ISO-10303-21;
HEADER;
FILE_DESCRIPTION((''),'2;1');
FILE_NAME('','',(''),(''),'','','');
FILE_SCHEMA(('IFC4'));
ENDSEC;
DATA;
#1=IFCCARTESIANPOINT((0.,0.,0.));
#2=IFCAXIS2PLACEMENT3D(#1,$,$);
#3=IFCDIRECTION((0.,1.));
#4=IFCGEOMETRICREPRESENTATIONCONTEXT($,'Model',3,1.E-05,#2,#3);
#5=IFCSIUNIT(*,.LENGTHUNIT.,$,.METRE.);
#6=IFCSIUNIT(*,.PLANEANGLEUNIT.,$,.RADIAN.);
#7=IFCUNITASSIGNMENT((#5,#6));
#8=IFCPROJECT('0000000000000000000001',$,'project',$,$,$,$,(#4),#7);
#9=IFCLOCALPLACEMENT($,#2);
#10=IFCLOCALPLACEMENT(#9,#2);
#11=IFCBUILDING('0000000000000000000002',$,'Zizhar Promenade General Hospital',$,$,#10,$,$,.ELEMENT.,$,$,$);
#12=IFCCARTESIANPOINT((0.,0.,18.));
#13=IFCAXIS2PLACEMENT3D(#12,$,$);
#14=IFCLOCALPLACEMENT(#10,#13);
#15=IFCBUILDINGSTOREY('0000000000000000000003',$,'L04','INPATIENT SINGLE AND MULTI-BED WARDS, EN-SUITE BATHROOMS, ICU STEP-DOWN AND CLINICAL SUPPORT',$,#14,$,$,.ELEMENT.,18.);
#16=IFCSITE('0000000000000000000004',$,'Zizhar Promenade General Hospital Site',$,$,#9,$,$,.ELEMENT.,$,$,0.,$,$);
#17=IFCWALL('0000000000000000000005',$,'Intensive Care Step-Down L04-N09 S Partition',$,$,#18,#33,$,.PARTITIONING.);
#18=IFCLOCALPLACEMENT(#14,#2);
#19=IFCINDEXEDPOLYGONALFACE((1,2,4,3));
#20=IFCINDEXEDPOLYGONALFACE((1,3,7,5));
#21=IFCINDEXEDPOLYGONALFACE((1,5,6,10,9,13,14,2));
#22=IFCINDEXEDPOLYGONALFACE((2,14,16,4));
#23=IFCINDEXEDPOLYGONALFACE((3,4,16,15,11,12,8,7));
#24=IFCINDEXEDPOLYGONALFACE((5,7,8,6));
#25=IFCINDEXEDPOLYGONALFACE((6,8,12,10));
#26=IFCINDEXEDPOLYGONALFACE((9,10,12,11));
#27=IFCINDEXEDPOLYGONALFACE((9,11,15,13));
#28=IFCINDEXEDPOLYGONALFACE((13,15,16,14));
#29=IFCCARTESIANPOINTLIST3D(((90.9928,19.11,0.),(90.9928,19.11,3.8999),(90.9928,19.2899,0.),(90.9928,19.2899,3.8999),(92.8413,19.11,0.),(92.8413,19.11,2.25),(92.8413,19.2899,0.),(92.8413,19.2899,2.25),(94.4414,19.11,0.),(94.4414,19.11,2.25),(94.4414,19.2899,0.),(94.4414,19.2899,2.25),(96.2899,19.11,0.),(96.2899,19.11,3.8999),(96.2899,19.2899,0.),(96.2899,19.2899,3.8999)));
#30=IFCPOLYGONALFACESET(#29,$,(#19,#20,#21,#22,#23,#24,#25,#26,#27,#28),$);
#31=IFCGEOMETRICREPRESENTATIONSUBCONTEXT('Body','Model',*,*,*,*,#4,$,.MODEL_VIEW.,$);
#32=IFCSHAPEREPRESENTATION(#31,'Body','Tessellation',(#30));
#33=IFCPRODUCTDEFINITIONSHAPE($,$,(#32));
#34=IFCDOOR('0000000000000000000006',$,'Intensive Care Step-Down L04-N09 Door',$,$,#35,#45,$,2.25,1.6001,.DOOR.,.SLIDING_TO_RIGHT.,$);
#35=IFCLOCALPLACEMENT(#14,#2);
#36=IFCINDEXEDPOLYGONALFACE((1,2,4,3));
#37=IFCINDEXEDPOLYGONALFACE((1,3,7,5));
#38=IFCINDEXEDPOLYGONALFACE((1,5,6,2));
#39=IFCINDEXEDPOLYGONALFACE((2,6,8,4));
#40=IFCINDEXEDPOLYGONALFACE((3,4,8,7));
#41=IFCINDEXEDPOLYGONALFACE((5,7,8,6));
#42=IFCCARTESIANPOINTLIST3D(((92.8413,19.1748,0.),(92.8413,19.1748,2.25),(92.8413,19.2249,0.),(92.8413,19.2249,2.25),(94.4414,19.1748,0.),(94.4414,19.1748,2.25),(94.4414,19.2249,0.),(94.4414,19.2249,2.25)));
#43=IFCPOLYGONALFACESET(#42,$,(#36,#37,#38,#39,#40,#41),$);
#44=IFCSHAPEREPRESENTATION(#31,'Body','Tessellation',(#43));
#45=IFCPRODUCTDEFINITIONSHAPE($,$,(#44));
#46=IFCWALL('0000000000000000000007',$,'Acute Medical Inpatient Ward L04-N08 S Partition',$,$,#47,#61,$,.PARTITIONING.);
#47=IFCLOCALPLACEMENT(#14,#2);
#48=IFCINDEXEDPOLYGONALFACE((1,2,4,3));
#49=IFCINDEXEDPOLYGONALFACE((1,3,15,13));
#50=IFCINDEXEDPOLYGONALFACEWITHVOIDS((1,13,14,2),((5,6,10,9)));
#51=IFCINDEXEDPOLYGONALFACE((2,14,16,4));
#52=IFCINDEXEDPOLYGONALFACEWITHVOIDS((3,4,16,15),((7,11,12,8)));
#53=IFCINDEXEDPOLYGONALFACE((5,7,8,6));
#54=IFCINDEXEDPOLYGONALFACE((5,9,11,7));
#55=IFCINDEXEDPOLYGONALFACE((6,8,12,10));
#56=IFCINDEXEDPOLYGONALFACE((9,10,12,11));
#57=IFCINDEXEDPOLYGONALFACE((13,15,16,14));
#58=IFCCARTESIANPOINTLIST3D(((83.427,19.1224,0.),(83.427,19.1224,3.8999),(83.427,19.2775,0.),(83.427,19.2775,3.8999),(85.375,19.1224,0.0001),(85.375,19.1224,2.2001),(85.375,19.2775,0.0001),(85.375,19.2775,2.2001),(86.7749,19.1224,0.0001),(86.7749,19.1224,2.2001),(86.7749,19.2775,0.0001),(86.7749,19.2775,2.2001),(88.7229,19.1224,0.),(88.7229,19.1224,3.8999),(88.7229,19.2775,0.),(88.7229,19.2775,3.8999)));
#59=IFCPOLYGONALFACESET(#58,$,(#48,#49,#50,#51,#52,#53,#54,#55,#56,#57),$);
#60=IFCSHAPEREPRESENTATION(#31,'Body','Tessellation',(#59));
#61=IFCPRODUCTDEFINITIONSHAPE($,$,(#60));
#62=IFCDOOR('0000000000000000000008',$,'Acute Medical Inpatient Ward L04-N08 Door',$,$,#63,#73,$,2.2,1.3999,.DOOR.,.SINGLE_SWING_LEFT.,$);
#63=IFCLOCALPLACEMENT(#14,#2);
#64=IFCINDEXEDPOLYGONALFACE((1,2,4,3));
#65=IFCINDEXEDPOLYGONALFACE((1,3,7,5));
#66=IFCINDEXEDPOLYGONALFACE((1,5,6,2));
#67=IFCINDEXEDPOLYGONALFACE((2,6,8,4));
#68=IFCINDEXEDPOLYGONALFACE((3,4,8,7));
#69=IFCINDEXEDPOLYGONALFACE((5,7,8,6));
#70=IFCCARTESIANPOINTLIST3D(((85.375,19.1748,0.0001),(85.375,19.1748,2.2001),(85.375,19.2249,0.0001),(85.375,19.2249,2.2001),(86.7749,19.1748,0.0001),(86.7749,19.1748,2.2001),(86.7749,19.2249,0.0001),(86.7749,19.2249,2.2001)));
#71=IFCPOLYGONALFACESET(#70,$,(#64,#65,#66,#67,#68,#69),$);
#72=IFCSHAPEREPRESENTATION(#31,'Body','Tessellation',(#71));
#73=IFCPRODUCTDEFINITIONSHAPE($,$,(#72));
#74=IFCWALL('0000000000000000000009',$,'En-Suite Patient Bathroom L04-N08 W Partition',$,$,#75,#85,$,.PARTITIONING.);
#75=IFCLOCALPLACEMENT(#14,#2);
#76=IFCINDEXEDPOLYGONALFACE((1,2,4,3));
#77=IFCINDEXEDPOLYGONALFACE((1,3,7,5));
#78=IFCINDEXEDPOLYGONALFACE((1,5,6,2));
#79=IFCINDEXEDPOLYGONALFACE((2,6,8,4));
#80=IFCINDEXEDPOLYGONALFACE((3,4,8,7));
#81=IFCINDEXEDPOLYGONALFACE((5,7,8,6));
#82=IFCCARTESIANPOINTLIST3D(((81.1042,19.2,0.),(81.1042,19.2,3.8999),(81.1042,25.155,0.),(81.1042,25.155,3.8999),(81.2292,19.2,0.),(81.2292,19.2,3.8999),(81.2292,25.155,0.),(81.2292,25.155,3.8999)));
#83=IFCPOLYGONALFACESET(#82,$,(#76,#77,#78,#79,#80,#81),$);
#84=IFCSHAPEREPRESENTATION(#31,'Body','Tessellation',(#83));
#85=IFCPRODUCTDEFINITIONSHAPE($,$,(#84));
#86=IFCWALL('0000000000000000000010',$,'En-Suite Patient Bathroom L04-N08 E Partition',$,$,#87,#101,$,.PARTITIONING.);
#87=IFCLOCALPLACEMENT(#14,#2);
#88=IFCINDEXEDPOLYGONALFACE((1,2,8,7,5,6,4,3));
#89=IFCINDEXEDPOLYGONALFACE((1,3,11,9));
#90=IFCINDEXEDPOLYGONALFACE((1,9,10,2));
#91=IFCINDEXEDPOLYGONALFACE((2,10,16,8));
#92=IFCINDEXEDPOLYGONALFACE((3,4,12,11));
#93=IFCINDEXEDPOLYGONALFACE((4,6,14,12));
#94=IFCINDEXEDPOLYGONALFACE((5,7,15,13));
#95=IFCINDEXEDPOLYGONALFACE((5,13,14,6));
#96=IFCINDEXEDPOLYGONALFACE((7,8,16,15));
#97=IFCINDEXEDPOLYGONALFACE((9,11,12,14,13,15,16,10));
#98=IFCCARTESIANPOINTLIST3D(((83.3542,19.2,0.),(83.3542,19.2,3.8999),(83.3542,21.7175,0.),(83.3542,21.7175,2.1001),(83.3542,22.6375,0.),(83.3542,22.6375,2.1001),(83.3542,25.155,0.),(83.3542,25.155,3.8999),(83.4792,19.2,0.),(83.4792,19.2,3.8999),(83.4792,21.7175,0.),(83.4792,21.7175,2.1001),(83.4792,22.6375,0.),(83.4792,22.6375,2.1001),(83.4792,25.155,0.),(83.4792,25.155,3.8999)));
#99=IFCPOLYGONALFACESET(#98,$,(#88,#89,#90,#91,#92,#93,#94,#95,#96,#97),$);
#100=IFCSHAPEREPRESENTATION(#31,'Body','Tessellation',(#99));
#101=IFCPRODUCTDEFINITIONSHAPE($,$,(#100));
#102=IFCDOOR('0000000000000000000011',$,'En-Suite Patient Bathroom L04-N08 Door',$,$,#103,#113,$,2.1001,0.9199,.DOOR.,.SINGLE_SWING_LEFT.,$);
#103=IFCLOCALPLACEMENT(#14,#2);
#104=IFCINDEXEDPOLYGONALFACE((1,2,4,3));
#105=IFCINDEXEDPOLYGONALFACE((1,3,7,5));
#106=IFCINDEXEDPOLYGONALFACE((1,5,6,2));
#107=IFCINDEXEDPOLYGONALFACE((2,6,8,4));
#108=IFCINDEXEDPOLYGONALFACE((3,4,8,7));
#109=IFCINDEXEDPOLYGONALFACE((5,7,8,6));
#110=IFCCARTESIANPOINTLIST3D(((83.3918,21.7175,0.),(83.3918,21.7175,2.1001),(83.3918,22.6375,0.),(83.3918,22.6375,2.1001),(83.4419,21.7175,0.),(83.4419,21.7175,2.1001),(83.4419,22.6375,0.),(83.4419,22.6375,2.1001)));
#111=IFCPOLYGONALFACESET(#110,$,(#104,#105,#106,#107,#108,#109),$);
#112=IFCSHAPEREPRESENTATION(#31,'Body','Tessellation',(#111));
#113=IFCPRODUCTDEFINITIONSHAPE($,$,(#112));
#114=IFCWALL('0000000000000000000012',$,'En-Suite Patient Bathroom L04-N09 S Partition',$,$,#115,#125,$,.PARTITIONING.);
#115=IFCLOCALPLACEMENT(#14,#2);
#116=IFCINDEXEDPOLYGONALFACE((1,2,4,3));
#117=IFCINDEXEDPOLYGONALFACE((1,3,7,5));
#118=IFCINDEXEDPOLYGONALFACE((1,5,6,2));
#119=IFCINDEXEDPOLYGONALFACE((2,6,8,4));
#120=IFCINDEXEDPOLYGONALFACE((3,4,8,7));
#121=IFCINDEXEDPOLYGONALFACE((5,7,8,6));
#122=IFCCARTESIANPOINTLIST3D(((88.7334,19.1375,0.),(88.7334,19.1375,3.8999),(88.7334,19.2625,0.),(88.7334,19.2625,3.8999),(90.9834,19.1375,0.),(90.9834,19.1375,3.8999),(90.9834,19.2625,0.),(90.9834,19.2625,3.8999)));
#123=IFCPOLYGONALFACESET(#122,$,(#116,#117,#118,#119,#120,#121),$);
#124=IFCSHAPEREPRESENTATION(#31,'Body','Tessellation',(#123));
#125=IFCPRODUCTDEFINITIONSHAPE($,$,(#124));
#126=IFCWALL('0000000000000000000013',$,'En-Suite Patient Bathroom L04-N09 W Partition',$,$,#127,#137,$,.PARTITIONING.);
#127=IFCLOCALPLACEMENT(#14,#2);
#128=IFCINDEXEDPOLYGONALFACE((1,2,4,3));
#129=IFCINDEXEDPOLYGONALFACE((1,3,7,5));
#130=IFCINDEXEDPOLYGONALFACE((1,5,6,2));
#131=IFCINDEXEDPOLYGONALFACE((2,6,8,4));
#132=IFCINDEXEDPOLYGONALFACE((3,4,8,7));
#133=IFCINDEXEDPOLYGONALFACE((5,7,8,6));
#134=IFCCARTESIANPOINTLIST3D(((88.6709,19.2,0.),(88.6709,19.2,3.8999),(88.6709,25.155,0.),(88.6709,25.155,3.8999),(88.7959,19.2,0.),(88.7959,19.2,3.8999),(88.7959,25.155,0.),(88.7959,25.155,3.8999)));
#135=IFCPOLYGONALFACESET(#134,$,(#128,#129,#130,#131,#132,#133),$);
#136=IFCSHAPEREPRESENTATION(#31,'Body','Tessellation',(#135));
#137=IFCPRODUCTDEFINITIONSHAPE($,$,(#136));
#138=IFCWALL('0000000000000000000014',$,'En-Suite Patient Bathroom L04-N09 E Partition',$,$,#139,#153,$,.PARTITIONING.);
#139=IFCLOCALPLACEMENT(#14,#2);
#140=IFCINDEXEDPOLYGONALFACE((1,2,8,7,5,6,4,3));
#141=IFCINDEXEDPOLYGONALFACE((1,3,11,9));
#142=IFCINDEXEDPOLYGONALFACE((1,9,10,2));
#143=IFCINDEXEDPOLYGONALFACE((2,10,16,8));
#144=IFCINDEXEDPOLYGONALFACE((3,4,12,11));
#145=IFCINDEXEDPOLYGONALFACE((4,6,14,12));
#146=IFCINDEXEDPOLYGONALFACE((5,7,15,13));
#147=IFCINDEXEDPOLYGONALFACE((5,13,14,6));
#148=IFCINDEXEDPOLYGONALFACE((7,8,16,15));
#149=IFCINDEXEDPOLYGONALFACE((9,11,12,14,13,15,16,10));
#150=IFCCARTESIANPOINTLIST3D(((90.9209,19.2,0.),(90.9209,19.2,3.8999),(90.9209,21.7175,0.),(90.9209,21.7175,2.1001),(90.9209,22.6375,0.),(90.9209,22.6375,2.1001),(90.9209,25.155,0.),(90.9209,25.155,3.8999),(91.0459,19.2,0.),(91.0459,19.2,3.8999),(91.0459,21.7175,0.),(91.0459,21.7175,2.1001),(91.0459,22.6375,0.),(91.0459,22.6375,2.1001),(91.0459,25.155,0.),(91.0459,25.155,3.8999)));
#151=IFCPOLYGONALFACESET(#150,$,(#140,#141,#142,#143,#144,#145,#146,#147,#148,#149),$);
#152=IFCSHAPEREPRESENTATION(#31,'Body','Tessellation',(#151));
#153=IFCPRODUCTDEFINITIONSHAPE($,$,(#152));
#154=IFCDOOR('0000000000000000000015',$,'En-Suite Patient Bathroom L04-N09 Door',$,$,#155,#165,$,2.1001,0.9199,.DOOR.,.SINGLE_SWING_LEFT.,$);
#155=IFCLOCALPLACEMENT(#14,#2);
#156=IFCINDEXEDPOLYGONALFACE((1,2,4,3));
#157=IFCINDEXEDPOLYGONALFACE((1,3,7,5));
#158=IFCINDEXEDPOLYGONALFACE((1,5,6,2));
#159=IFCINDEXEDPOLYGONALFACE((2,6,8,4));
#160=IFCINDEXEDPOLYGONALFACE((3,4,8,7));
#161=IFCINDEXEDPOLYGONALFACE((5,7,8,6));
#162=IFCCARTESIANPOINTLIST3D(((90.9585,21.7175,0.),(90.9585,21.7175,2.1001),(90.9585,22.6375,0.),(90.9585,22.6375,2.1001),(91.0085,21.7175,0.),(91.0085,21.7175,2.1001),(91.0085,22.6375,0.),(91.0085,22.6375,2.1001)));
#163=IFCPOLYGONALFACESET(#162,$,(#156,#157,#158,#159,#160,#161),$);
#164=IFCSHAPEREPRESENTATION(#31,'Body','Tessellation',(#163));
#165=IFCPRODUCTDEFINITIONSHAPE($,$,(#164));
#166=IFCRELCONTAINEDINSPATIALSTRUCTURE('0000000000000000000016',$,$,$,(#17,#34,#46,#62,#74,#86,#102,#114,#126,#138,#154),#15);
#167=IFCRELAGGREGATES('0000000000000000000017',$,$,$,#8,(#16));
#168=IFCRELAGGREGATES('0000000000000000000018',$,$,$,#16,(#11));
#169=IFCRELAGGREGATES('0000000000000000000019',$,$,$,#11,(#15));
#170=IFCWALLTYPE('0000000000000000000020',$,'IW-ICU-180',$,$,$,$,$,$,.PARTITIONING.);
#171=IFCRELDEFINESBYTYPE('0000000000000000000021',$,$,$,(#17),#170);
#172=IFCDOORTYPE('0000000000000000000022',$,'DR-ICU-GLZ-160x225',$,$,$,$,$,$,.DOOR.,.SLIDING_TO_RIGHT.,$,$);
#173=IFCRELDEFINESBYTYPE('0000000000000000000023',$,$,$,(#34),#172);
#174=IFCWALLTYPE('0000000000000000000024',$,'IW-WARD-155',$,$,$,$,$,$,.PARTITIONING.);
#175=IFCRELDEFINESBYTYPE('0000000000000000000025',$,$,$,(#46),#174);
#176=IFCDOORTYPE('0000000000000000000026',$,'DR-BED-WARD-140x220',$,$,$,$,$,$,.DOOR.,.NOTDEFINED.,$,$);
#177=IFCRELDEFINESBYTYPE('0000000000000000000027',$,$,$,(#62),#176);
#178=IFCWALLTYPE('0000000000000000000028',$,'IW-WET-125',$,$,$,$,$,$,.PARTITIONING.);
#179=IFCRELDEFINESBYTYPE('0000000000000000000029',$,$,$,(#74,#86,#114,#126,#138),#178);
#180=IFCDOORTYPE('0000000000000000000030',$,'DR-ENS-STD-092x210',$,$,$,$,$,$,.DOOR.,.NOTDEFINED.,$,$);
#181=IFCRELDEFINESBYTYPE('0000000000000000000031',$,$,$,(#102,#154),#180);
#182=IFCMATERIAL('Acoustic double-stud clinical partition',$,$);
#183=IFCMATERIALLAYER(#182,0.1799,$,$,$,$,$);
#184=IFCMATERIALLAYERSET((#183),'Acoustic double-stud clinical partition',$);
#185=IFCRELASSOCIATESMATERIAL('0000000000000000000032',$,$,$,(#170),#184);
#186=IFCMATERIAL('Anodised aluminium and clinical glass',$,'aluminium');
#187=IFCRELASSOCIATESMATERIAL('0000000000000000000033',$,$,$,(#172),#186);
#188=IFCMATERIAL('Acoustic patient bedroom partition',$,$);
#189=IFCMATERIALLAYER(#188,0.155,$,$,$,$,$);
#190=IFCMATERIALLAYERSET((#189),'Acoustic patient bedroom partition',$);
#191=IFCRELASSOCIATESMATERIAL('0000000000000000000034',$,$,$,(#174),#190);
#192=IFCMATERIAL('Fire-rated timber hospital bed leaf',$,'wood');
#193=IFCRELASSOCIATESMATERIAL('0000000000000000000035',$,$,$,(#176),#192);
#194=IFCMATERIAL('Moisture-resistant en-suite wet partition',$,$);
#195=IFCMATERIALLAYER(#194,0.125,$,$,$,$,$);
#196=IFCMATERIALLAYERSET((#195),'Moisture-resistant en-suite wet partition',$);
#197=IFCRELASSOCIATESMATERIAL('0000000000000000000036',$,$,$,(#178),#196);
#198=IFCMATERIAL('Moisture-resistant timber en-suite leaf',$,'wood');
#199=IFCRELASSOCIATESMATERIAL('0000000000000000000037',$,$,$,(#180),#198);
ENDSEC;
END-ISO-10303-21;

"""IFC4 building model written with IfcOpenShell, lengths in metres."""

from ifc_helpers import new_model, si_unit, direction, frame, frame_2d, origin, place, context, subcontext, project, spatial, rectangle, extrude, material, layer, layer_set, type_object, element, fill, save


model = new_model("IFC4")

# Units and contexts
model_context = context("Model", 3, precision=1e-05, world=origin(), true_north=direction((0.0, 1.0)))
body_context = subcontext(model_context, "Body", "Model", "MODEL_VIEW")
ifc_project = project(units=[si_unit("LENGTHUNIT", "METRE"), si_unit("PLANEANGLEUNIT", "RADIAN")], contexts=[model_context])

# Site, building, storey
site_placement = place(None, origin())
site = spatial("IfcSite", under=ifc_project, at=site_placement, Name="Zizhar Promenade General Hospital Site", CompositionType="ELEMENT", RefElevation=0.0)
building_placement = place(site_placement, origin())
building = spatial("IfcBuilding", under=site, at=building_placement, Name="Zizhar Promenade General Hospital", CompositionType="ELEMENT")
storey_placement = place(building_placement, frame((0.0, 0.0, 18.0)))
storey = spatial("IfcBuildingStorey", under=building, at=storey_placement, Name="L04", Description="INPATIENT SINGLE AND MULTI-BED WARDS, EN-SUITE BATHROOMS, ICU STEP-DOWN AND CLINICAL SUPPORT", CompositionType="ELEMENT", Elevation=18.0)

# Walls, openings, doors
ifc_material_1 = material(Name="Acoustic double-stud clinical partition")
ifc_layer_1 = layer(ifc_material_1, 0.1799)
ifc_layer_set_1 = layer_set([ifc_layer_1], Name="Acoustic double-stud clinical partition")
wall_type_1 = type_object("IfcWallType", Name="IW-ICU-180", PredefinedType="PARTITIONING", material=ifc_layer_set_1)
wall_1_placement = place(storey_placement, frame((90.9929, 19.2, 0.0), z_axis=(0.0, 0.0, 1.0), x_axis=(1.0, 0.0, 0.0)))
wall_1 = element("IfcWall", 1, at=wall_1_placement, inside=storey, type_object=wall_type_1, Name="Intensive Care Step-Down L04-N09 S Partition", PredefinedType="PARTITIONING", context=body_context, shape_type="SweptSolid", body=[
    extrude(rectangle(XDim=5.2971, YDim=0.1799, at=frame_2d((2.6484, 0.0))), origin(), (0.0, 0.0, 1.0), 3.8999),
])
opening_1_placement = place(wall_1_placement, frame((1.8484, 0.0, 0.0)))
opening_1 = element("IfcOpeningElement", 2, at=opening_1_placement, cuts=wall_1, PredefinedType="OPENING", context=body_context, shape_type="SweptSolid", body=[
    extrude(rectangle(XDim=1.6001, YDim=2.25, at=frame_2d((0.8, 1.125))), frame((0.0, 0.1001, 0.0), z_axis=(0.0, -1.0, 0.0), x_axis=(1.0, 0.0, 0.0)), (0.0, 0.0, 1.0), 0.2),
])
ifc_material_2 = material(Name="Anodised aluminium and clinical glass", Category="aluminium")
door_type_1 = type_object("IfcDoorType", Name="DR-ICU-GLZ-160x225", OperationType="SLIDING_TO_RIGHT", PredefinedType="DOOR", material=ifc_material_2)
door_1_placement = place(opening_1_placement, origin())
door_1 = element("IfcDoor", 3, at=door_1_placement, inside=storey, type_object=door_type_1, Name="Intensive Care Step-Down L04-N09 Door", OperationType="SLIDING_TO_RIGHT", OverallHeight=2.25, OverallWidth=1.6001, PredefinedType="DOOR", context=body_context, shape_type="SweptSolid", body=[
    extrude(rectangle(XDim=1.6001, YDim=2.25, at=frame_2d((0.8, 1.125))), frame((0.0, 0.0249, 0.0), z_axis=(0.0, -1.0, 0.0), x_axis=(1.0, 0.0, 0.0)), (0.0, 0.0, 1.0), 0.05),
])
fill(opening_1, door_1)
ifc_material_3 = material(Name="Acoustic patient bedroom partition")
ifc_layer_2 = layer(ifc_material_3, 0.155)
ifc_layer_set_2 = layer_set([ifc_layer_2], Name="Acoustic patient bedroom partition")
wall_type_2 = type_object("IfcWallType", Name="IW-WARD-155", PredefinedType="PARTITIONING", material=ifc_layer_set_2)
wall_2_placement = place(storey_placement, frame((83.427, 19.2, 0.0), z_axis=(0.0, 0.0, 1.0), x_axis=(1.0, 0.0, 0.0)))
wall_2 = element("IfcWall", 4, at=wall_2_placement, inside=storey, type_object=wall_type_2, Name="Acute Medical Inpatient Ward L04-N08 S Partition", PredefinedType="PARTITIONING", context=body_context, shape_type="SweptSolid", body=[
    extrude(rectangle(XDim=5.2959, YDim=0.155, at=frame_2d((2.6479, 0.0))), origin(), (0.0, 0.0, 1.0), 3.8999),
])
opening_2_placement = place(wall_2_placement, frame((1.948, 0.0, 0.0)))
opening_2 = element("IfcOpeningElement", 5, at=opening_2_placement, cuts=wall_2, PredefinedType="OPENING", context=body_context, shape_type="SweptSolid", body=[
    extrude(rectangle(XDim=1.3999, YDim=2.2, at=frame_2d((0.7, 1.1001))), frame((0.0, 0.0874, 0.0), z_axis=(0.0, -1.0, 0.0), x_axis=(1.0, 0.0, 0.0)), (0.0, 0.0, 1.0), 0.175),
])
ifc_material_4 = material(Name="Fire-rated timber hospital bed leaf", Category="wood")
door_type_2 = type_object("IfcDoorType", Name="DR-BED-WARD-140x220", OperationType="NOTDEFINED", PredefinedType="DOOR", material=ifc_material_4)
door_2_placement = place(opening_2_placement, origin())
door_2 = element("IfcDoor", 6, at=door_2_placement, inside=storey, type_object=door_type_2, Name="Acute Medical Inpatient Ward L04-N08 Door", OperationType="SINGLE_SWING_LEFT", OverallHeight=2.2, OverallWidth=1.3999, PredefinedType="DOOR", context=body_context, shape_type="SweptSolid", body=[
    extrude(rectangle(XDim=1.3999, YDim=2.2, at=frame_2d((0.7, 1.1001))), frame((0.0, 0.0249, 0.0), z_axis=(0.0, -1.0, 0.0), x_axis=(1.0, 0.0, 0.0)), (0.0, 0.0, 1.0), 0.05),
])
fill(opening_2, door_2)

# Wall
ifc_material_5 = material(Name="Moisture-resistant en-suite wet partition")
ifc_layer_3 = layer(ifc_material_5, 0.125)
ifc_layer_set_3 = layer_set([ifc_layer_3], Name="Moisture-resistant en-suite wet partition")
wall_type_3 = type_object("IfcWallType", Name="IW-WET-125", PredefinedType="PARTITIONING", material=ifc_layer_set_3)
wall_3_placement = place(storey_placement, frame((81.1667, 19.2, 0.0), z_axis=(0.0, 0.0, 1.0), x_axis=(0.0, 1.0, 0.0)))
element("IfcWall", 7, at=wall_3_placement, inside=storey, type_object=wall_type_3, Name="En-Suite Patient Bathroom L04-N08 W Partition", PredefinedType="PARTITIONING", context=body_context, shape_type="SweptSolid", body=[
    extrude(rectangle(XDim=5.9551, YDim=0.125, at=frame_2d((2.9775, 0.0))), origin(), (0.0, 0.0, 1.0), 3.8999),
])

# Wall, opening, door
wall_4_placement = place(storey_placement, frame((83.4167, 19.2, 0.0), z_axis=(0.0, 0.0, 1.0), x_axis=(0.0, 1.0, 0.0)))
wall_4 = element("IfcWall", 8, at=wall_4_placement, inside=storey, type_object=wall_type_3, Name="En-Suite Patient Bathroom L04-N08 E Partition", PredefinedType="PARTITIONING", context=body_context, shape_type="SweptSolid", body=[
    extrude(rectangle(XDim=5.9551, YDim=0.125, at=frame_2d((2.9775, 0.0))), origin(), (0.0, 0.0, 1.0), 3.8999),
])
opening_3_placement = place(wall_4_placement, frame((2.5176, 0.0, 0.0)))
opening_3 = element("IfcOpeningElement", 9, at=opening_3_placement, cuts=wall_4, PredefinedType="OPENING", context=body_context, shape_type="SweptSolid", body=[
    extrude(rectangle(XDim=0.9199, YDim=2.1001, at=frame_2d((0.46, 1.05))), frame((0.0, 0.0725, 0.0), z_axis=(0.0, -1.0, 0.0), x_axis=(1.0, 0.0, 0.0)), (0.0, 0.0, 1.0), 0.145),
])
ifc_material_6 = material(Name="Moisture-resistant timber en-suite leaf", Category="wood")
door_type_3 = type_object("IfcDoorType", Name="DR-ENS-STD-092x210", OperationType="NOTDEFINED", PredefinedType="DOOR", material=ifc_material_6)
door_3_placement = place(opening_3_placement, origin())
door_3 = element("IfcDoor", 10, at=door_3_placement, inside=storey, type_object=door_type_3, Name="En-Suite Patient Bathroom L04-N08 Door", OperationType="SINGLE_SWING_LEFT", OverallHeight=2.1001, OverallWidth=0.9199, PredefinedType="DOOR", context=body_context, shape_type="SweptSolid", body=[
    extrude(rectangle(XDim=0.9199, YDim=2.1001, at=frame_2d((0.46, 1.05))), frame((0.0, 0.0249, 0.0), z_axis=(0.0, -1.0, 0.0), x_axis=(1.0, 0.0, 0.0)), (0.0, 0.0, 1.0), 0.05),
])
fill(opening_3, door_3)

# Walls
wall_5_placement = place(storey_placement, frame((88.7334, 19.2, 0.0), z_axis=(0.0, 0.0, 1.0), x_axis=(1.0, 0.0, 0.0)))
element("IfcWall", 11, at=wall_5_placement, inside=storey, type_object=wall_type_3, Name="En-Suite Patient Bathroom L04-N09 S Partition", PredefinedType="PARTITIONING", context=body_context, shape_type="SweptSolid", body=[
    extrude(rectangle(XDim=2.25, YDim=0.125, at=frame_2d((1.125, 0.0))), origin(), (0.0, 0.0, 1.0), 3.8999),
])
wall_6_placement = place(storey_placement, frame((88.7334, 19.2, 0.0), z_axis=(0.0, 0.0, 1.0), x_axis=(0.0, 1.0, 0.0)))
element("IfcWall", 12, at=wall_6_placement, inside=storey, type_object=wall_type_3, Name="En-Suite Patient Bathroom L04-N09 W Partition", PredefinedType="PARTITIONING", context=body_context, shape_type="SweptSolid", body=[
    extrude(rectangle(XDim=5.9551, YDim=0.125, at=frame_2d((2.9775, 0.0))), origin(), (0.0, 0.0, 1.0), 3.8999),
])

# Wall, opening, door
wall_7_placement = place(storey_placement, frame((90.9834, 19.2, 0.0), z_axis=(0.0, 0.0, 1.0), x_axis=(0.0, 1.0, 0.0)))
wall_7 = element("IfcWall", 13, at=wall_7_placement, inside=storey, type_object=wall_type_3, Name="En-Suite Patient Bathroom L04-N09 E Partition", PredefinedType="PARTITIONING", context=body_context, shape_type="SweptSolid", body=[
    extrude(rectangle(XDim=5.9551, YDim=0.125, at=frame_2d((2.9775, 0.0))), origin(), (0.0, 0.0, 1.0), 3.8999),
])
opening_4_placement = place(wall_7_placement, frame((2.5176, 0.0, 0.0)))
opening_4 = element("IfcOpeningElement", 14, at=opening_4_placement, cuts=wall_7, PredefinedType="OPENING", context=body_context, shape_type="SweptSolid", body=[
    extrude(rectangle(XDim=0.9199, YDim=2.1001, at=frame_2d((0.46, 1.05))), frame((0.0, 0.0725, 0.0), z_axis=(0.0, -1.0, 0.0), x_axis=(1.0, 0.0, 0.0)), (0.0, 0.0, 1.0), 0.145),
])
door_4_placement = place(opening_4_placement, origin())
door_4 = element("IfcDoor", 15, at=door_4_placement, inside=storey, type_object=door_type_3, Name="En-Suite Patient Bathroom L04-N09 Door", OperationType="SINGLE_SWING_LEFT", OverallHeight=2.1001, OverallWidth=0.9199, PredefinedType="DOOR", context=body_context, shape_type="SweptSolid", body=[
    extrude(rectangle(XDim=0.9199, YDim=2.1001, at=frame_2d((0.46, 1.05))), frame((0.0, 0.0249, 0.0), z_axis=(0.0, -1.0, 0.0), x_axis=(1.0, 0.0, 0.0)), (0.0, 0.0, 1.0), 0.05),
])
fill(opening_4, door_4)

save(model, "model.ifc")
